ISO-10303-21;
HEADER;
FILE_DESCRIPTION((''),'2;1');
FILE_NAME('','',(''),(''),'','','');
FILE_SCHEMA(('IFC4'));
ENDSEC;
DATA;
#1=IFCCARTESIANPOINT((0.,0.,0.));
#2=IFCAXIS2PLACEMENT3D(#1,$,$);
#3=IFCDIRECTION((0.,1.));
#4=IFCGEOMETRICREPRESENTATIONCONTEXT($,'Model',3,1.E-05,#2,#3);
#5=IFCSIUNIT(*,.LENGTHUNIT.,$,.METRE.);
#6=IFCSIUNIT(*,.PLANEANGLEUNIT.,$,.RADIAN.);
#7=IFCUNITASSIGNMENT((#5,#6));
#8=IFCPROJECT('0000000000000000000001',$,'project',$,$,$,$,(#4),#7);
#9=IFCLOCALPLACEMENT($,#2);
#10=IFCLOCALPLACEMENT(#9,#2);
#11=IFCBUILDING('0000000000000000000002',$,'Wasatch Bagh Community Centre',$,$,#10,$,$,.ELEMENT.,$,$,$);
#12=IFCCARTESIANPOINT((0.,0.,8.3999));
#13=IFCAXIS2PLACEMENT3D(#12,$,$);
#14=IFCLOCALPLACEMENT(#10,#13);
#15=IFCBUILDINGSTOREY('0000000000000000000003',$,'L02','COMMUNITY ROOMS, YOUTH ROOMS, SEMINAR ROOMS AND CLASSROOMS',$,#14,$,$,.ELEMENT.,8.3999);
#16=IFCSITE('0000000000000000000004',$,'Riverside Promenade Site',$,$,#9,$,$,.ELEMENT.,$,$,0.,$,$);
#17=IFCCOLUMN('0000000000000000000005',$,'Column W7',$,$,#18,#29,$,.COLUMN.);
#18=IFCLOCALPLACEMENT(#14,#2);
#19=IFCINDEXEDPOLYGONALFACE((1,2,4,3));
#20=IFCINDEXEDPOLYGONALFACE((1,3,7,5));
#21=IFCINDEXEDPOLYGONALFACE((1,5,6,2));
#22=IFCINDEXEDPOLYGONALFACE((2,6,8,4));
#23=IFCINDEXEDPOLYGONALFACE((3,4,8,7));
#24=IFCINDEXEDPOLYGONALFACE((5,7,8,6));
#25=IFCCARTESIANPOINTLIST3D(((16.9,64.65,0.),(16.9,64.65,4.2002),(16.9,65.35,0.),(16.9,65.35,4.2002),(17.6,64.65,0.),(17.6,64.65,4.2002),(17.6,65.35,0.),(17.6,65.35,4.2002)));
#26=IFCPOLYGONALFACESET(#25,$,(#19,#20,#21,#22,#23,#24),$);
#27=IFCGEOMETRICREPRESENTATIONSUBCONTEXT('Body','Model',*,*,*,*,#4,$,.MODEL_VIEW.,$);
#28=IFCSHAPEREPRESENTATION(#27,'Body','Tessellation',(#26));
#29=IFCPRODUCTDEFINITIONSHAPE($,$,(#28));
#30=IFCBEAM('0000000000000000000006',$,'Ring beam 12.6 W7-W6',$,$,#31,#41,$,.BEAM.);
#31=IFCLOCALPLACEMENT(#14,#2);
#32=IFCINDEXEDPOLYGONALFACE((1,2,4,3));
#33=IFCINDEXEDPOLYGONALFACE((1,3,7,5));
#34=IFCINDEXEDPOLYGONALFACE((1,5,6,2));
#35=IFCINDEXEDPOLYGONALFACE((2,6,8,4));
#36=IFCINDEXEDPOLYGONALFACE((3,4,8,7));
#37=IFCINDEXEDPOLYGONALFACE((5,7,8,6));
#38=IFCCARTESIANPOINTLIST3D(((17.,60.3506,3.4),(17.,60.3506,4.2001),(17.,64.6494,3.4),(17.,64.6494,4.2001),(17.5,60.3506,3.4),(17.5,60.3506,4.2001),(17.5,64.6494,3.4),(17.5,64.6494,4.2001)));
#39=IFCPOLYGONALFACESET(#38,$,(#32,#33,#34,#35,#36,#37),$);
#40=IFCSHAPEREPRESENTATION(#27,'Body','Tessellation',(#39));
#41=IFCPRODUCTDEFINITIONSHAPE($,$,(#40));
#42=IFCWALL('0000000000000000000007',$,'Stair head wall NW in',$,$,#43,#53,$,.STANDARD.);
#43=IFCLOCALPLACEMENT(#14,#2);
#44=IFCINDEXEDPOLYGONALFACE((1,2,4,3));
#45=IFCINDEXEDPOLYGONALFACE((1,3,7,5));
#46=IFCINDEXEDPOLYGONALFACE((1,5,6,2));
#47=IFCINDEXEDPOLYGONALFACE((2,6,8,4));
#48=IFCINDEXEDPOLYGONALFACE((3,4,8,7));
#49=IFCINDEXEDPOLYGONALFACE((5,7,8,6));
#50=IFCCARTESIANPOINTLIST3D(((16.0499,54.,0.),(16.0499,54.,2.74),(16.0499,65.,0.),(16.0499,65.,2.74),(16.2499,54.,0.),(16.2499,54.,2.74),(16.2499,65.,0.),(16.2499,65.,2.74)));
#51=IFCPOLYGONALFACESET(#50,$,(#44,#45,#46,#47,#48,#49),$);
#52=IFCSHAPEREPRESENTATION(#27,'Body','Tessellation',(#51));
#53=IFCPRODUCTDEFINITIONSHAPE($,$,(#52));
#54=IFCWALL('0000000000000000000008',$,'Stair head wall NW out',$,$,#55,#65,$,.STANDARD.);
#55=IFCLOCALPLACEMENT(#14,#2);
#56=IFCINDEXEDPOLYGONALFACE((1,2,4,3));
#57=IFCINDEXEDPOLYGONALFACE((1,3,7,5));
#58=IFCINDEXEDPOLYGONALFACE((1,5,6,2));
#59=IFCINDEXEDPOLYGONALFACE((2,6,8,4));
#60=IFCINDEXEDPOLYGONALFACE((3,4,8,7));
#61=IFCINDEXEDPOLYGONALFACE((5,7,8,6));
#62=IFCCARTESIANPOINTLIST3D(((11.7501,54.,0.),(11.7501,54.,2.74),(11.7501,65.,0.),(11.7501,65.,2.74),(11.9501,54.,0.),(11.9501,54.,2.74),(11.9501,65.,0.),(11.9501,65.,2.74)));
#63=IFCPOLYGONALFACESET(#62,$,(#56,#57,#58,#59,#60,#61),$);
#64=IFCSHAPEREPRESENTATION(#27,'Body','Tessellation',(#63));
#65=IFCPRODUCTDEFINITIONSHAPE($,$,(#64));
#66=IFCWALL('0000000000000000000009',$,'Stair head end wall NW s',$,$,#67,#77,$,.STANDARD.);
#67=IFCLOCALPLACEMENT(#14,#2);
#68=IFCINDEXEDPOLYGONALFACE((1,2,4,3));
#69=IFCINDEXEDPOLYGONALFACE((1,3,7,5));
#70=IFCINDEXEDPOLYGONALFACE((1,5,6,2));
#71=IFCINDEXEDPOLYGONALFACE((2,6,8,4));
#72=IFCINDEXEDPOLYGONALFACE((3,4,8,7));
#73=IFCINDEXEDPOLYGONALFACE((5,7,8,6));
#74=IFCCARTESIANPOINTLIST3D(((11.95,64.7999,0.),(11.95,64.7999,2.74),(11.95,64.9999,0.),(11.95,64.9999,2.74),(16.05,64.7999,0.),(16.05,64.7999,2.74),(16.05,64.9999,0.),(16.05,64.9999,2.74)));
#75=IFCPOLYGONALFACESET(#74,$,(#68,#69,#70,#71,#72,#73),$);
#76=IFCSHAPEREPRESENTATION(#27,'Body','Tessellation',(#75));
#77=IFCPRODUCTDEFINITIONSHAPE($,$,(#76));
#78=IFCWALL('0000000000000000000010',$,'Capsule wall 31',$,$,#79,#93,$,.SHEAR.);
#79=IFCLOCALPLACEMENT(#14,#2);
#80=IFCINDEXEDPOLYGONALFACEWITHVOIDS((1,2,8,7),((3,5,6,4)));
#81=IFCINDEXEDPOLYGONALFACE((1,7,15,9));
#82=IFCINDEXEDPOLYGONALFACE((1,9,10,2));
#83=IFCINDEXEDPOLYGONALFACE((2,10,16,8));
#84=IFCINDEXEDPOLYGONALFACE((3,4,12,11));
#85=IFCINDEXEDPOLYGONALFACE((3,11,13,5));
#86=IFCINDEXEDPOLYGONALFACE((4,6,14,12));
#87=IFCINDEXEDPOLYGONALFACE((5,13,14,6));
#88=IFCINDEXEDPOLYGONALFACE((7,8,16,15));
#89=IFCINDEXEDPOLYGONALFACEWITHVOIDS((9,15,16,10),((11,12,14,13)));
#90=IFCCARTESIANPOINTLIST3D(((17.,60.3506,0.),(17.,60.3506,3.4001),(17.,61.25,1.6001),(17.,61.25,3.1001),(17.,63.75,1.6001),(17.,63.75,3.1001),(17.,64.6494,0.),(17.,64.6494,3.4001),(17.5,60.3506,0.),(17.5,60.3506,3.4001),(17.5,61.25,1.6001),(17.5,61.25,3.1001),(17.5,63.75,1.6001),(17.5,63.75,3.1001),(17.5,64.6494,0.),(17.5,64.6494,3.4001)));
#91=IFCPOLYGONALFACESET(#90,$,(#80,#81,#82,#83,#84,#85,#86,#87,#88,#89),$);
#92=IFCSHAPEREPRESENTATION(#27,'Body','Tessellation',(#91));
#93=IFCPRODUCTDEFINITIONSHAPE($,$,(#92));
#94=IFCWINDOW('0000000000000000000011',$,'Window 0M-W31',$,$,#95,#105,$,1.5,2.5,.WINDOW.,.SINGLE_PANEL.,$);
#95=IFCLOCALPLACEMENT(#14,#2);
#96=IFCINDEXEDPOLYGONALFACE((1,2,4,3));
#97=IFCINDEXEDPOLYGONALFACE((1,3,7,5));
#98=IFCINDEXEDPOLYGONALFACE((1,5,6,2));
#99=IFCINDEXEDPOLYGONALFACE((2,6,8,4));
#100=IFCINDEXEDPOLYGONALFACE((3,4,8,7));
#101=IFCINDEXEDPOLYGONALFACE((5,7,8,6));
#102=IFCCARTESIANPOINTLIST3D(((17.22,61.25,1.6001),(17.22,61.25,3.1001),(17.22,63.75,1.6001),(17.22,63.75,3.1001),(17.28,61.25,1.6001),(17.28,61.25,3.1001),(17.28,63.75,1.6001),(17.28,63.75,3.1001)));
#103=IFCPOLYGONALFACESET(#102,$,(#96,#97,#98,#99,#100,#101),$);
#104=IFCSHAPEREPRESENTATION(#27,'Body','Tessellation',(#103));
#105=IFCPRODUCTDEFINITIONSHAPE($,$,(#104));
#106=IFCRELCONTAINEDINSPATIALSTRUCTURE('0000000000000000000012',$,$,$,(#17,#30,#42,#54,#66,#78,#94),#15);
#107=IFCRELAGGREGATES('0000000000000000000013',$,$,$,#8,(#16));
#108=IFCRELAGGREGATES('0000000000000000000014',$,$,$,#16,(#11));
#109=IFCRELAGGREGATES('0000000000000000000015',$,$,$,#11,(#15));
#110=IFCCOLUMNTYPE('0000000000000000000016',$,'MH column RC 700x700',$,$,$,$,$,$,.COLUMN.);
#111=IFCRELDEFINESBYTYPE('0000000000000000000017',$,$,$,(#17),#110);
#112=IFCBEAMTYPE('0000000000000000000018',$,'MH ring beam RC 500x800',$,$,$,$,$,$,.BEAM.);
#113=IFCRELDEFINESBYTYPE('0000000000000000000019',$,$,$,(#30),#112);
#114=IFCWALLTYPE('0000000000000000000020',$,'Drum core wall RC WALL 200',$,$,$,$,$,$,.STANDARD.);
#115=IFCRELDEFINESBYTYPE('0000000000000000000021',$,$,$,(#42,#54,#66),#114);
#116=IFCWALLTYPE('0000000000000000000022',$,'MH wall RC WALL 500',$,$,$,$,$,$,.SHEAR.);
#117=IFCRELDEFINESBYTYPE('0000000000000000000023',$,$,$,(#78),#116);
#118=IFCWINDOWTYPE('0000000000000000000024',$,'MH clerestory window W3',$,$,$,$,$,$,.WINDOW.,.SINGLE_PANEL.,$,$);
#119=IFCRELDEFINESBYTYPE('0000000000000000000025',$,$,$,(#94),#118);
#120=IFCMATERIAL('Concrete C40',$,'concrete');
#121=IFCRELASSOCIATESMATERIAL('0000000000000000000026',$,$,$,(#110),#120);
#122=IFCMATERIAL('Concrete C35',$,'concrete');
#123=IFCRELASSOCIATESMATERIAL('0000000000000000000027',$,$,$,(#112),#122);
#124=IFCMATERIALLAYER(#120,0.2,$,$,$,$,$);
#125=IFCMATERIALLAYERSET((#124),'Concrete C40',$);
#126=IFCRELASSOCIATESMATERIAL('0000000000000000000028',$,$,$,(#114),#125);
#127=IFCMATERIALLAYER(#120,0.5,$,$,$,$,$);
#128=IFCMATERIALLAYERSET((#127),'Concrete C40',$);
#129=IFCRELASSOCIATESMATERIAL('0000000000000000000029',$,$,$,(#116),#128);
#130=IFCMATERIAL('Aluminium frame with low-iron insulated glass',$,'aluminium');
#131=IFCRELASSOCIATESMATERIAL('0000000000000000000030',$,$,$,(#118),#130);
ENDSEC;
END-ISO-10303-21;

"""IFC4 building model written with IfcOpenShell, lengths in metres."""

from ifc_helpers import new_model, si_unit, direction, frame, frame_2d, origin, origin_2d, place, context, subcontext, project, spatial, rectangle, extrude, material, layer, layer_set, material_profile, profile_set, type_object, element, fill, save


model = new_model("IFC4")

# Units and contexts
model_context = context("Model", 3, precision=1e-05, world=origin(), true_north=direction((0.0, 1.0)))
body_context = subcontext(model_context, "Body", "Model", "MODEL_VIEW")
ifc_project = project(units=[si_unit("LENGTHUNIT", "METRE"), si_unit("PLANEANGLEUNIT", "RADIAN")], contexts=[model_context])

# Site, building, storey
site_placement = place(None, origin())
site = spatial("IfcSite", under=ifc_project, at=site_placement, Name="Riverside Promenade Site", CompositionType="ELEMENT", RefElevation=0.0)
building_placement = place(site_placement, origin())
building = spatial("IfcBuilding", under=site, at=building_placement, Name="Wasatch Bagh Community Centre", CompositionType="ELEMENT")
storey_placement = place(building_placement, frame((0.0, 0.0, 8.3999)))
storey = spatial("IfcBuildingStorey", under=building, at=storey_placement, Name="L02", Description="COMMUNITY ROOMS, YOUTH ROOMS, SEMINAR ROOMS AND CLASSROOMS", CompositionType="ELEMENT", Elevation=8.3999)

# Column
ifc_material_1 = material(Name="Concrete C40", Category="concrete")
ifc_material_profile_1 = material_profile(ifc_material_1, rectangle(XDim=0.7, YDim=0.7, at=origin_2d()), Name="RC 700x700")
ifc_profile_set_1 = profile_set([ifc_material_profile_1], Name="Concrete C40")
column_type = type_object("IfcColumnType", Name="MH column RC 700x700", PredefinedType="COLUMN", material=ifc_profile_set_1)
column_placement = place(storey_placement, frame((17.25, 65.0, 0.0), z_axis=(0.0, 0.0, 1.0), x_axis=(1.0, 0.0, 0.0)))
element("IfcColumn", 1, at=column_placement, inside=storey, type_object=column_type, Name="Column W7", PredefinedType="COLUMN", context=body_context, shape_type="SweptSolid", body=[
    extrude(rectangle(XDim=0.7, YDim=0.7, at=origin_2d()), origin(), (0.0, 0.0, 1.0), 4.2002),
])

# Beam
ifc_material_2 = material(Name="Concrete C35", Category="concrete")
ifc_material_profile_2 = material_profile(ifc_material_2, rectangle(XDim=0.5, YDim=0.8, at=origin_2d()), Name="RC 500x800")
ifc_profile_set_2 = profile_set([ifc_material_profile_2], Name="Concrete C35")
beam_type = type_object("IfcBeamType", Name="MH ring beam RC 500x800", PredefinedType="BEAM", material=ifc_profile_set_2)
beam_placement = place(storey_placement, frame((17.25, 64.6494, 3.8), z_axis=(0.0, -1.0, 0.0), x_axis=(1.0, 0.0, 0.0)))
element("IfcBeam", 2, at=beam_placement, inside=storey, type_object=beam_type, Name="Ring beam 12.6 W7-W6", PredefinedType="BEAM", context=body_context, shape_type="SweptSolid", body=[
    extrude(rectangle(XDim=0.5, YDim=0.8, at=origin_2d()), origin(), (0.0, 0.0, 1.0), 4.2988),
])

# Walls
ifc_layer_1 = layer(ifc_material_1, 0.2)
ifc_layer_set_1 = layer_set([ifc_layer_1], Name="Concrete C40")
wall_type_1 = type_object("IfcWallType", Name="Drum core wall RC WALL 200", PredefinedType="STANDARD", material=ifc_layer_set_1)
for number, where, z_axis, x_axis, name in (
    (3, (16.1499, 65.0, 0.0), (0.0, 0.0, 1.0), (0.0, -1.0, 0.0), "Stair head wall NW in"),
    (4, (11.8501, 65.0, 0.0), (0.0, 0.0, 1.0), (0.0, -1.0, 0.0), "Stair head wall NW out"),
):
    element("IfcWall", number, at=place(storey_placement, frame(where, z_axis=z_axis, x_axis=x_axis)), inside=storey, type_object=wall_type_1, Name=name, PredefinedType="STANDARD", context=body_context, shape_type="SweptSolid", body=[
        extrude(rectangle(XDim=11.0, YDim=0.2, at=frame_2d((5.5, 0.0))), origin(), (0.0, 0.0, 1.0), 2.74),
    ])
wall_1_placement = place(storey_placement, frame((16.05, 64.8999, 0.0), z_axis=(0.0, 0.0, 1.0), x_axis=(-1.0, 0.0, 0.0)))
element("IfcWall", 5, at=wall_1_placement, inside=storey, type_object=wall_type_1, Name="Stair head end wall NW s", PredefinedType="STANDARD", context=body_context, shape_type="SweptSolid", body=[
    extrude(rectangle(XDim=4.1001, YDim=0.2, at=frame_2d((2.05, 0.0))), origin(), (0.0, 0.0, 1.0), 2.74),
])

# Wall, opening, window
ifc_layer_2 = layer(ifc_material_1, 0.5)
ifc_layer_set_2 = layer_set([ifc_layer_2], Name="Concrete C40")
wall_type_2 = type_object("IfcWallType", Name="MH wall RC WALL 500", PredefinedType="SHEAR", material=ifc_layer_set_2)
wall_2_placement = place(storey_placement, frame((17.25, 64.6494, 0.0), z_axis=(0.0, 0.0, 1.0), x_axis=(0.0, -1.0, 0.0)))
wall_2 = element("IfcWall", 6, at=wall_2_placement, inside=storey, type_object=wall_type_2, Name="Capsule wall 31", PredefinedType="SHEAR", context=body_context, shape_type="SweptSolid", body=[
    extrude(rectangle(XDim=4.2988, YDim=0.5, at=frame_2d((2.1494, 0.0))), origin(), (0.0, 0.0, 1.0), 3.4001),
])
opening_placement = place(wall_2_placement, frame((0.8994, 0.0, 1.6001)))
opening = element("IfcOpeningElement", 7, at=opening_placement, cuts=wall_2, PredefinedType="OPENING", context=body_context, shape_type="SweptSolid", body=[
    extrude(rectangle(XDim=2.5, YDim=1.5, at=frame_2d((1.25, 0.75))), frame((0.0, 0.26, 0.0), z_axis=(0.0, -1.0, 0.0), x_axis=(1.0, 0.0, 0.0)), (0.0, 0.0, 1.0), 0.52),
])
ifc_material_3 = material(Name="Aluminium frame with low-iron insulated glass", Category="aluminium")
window_type = type_object("IfcWindowType", Name="MH clerestory window W3", PartitioningType="SINGLE_PANEL", PredefinedType="WINDOW", material=ifc_material_3)
window_placement = place(opening_placement, origin())
window = element("IfcWindow", 8, at=window_placement, inside=storey, type_object=window_type, Name="Window 0M-W31", OverallHeight=1.5, OverallWidth=2.5, PartitioningType="SINGLE_PANEL", PredefinedType="WINDOW", context=body_context, shape_type="SweptSolid", body=[
    extrude(rectangle(XDim=2.5, YDim=1.5, at=frame_2d((1.25, 0.75))), frame((0.0, 0.03, 0.0), z_axis=(0.0, -1.0, 0.0), x_axis=(1.0, 0.0, 0.0)), (0.0, 0.0, 1.0), 0.0601),
])
fill(opening, window)

save(model, "model.ifc")
